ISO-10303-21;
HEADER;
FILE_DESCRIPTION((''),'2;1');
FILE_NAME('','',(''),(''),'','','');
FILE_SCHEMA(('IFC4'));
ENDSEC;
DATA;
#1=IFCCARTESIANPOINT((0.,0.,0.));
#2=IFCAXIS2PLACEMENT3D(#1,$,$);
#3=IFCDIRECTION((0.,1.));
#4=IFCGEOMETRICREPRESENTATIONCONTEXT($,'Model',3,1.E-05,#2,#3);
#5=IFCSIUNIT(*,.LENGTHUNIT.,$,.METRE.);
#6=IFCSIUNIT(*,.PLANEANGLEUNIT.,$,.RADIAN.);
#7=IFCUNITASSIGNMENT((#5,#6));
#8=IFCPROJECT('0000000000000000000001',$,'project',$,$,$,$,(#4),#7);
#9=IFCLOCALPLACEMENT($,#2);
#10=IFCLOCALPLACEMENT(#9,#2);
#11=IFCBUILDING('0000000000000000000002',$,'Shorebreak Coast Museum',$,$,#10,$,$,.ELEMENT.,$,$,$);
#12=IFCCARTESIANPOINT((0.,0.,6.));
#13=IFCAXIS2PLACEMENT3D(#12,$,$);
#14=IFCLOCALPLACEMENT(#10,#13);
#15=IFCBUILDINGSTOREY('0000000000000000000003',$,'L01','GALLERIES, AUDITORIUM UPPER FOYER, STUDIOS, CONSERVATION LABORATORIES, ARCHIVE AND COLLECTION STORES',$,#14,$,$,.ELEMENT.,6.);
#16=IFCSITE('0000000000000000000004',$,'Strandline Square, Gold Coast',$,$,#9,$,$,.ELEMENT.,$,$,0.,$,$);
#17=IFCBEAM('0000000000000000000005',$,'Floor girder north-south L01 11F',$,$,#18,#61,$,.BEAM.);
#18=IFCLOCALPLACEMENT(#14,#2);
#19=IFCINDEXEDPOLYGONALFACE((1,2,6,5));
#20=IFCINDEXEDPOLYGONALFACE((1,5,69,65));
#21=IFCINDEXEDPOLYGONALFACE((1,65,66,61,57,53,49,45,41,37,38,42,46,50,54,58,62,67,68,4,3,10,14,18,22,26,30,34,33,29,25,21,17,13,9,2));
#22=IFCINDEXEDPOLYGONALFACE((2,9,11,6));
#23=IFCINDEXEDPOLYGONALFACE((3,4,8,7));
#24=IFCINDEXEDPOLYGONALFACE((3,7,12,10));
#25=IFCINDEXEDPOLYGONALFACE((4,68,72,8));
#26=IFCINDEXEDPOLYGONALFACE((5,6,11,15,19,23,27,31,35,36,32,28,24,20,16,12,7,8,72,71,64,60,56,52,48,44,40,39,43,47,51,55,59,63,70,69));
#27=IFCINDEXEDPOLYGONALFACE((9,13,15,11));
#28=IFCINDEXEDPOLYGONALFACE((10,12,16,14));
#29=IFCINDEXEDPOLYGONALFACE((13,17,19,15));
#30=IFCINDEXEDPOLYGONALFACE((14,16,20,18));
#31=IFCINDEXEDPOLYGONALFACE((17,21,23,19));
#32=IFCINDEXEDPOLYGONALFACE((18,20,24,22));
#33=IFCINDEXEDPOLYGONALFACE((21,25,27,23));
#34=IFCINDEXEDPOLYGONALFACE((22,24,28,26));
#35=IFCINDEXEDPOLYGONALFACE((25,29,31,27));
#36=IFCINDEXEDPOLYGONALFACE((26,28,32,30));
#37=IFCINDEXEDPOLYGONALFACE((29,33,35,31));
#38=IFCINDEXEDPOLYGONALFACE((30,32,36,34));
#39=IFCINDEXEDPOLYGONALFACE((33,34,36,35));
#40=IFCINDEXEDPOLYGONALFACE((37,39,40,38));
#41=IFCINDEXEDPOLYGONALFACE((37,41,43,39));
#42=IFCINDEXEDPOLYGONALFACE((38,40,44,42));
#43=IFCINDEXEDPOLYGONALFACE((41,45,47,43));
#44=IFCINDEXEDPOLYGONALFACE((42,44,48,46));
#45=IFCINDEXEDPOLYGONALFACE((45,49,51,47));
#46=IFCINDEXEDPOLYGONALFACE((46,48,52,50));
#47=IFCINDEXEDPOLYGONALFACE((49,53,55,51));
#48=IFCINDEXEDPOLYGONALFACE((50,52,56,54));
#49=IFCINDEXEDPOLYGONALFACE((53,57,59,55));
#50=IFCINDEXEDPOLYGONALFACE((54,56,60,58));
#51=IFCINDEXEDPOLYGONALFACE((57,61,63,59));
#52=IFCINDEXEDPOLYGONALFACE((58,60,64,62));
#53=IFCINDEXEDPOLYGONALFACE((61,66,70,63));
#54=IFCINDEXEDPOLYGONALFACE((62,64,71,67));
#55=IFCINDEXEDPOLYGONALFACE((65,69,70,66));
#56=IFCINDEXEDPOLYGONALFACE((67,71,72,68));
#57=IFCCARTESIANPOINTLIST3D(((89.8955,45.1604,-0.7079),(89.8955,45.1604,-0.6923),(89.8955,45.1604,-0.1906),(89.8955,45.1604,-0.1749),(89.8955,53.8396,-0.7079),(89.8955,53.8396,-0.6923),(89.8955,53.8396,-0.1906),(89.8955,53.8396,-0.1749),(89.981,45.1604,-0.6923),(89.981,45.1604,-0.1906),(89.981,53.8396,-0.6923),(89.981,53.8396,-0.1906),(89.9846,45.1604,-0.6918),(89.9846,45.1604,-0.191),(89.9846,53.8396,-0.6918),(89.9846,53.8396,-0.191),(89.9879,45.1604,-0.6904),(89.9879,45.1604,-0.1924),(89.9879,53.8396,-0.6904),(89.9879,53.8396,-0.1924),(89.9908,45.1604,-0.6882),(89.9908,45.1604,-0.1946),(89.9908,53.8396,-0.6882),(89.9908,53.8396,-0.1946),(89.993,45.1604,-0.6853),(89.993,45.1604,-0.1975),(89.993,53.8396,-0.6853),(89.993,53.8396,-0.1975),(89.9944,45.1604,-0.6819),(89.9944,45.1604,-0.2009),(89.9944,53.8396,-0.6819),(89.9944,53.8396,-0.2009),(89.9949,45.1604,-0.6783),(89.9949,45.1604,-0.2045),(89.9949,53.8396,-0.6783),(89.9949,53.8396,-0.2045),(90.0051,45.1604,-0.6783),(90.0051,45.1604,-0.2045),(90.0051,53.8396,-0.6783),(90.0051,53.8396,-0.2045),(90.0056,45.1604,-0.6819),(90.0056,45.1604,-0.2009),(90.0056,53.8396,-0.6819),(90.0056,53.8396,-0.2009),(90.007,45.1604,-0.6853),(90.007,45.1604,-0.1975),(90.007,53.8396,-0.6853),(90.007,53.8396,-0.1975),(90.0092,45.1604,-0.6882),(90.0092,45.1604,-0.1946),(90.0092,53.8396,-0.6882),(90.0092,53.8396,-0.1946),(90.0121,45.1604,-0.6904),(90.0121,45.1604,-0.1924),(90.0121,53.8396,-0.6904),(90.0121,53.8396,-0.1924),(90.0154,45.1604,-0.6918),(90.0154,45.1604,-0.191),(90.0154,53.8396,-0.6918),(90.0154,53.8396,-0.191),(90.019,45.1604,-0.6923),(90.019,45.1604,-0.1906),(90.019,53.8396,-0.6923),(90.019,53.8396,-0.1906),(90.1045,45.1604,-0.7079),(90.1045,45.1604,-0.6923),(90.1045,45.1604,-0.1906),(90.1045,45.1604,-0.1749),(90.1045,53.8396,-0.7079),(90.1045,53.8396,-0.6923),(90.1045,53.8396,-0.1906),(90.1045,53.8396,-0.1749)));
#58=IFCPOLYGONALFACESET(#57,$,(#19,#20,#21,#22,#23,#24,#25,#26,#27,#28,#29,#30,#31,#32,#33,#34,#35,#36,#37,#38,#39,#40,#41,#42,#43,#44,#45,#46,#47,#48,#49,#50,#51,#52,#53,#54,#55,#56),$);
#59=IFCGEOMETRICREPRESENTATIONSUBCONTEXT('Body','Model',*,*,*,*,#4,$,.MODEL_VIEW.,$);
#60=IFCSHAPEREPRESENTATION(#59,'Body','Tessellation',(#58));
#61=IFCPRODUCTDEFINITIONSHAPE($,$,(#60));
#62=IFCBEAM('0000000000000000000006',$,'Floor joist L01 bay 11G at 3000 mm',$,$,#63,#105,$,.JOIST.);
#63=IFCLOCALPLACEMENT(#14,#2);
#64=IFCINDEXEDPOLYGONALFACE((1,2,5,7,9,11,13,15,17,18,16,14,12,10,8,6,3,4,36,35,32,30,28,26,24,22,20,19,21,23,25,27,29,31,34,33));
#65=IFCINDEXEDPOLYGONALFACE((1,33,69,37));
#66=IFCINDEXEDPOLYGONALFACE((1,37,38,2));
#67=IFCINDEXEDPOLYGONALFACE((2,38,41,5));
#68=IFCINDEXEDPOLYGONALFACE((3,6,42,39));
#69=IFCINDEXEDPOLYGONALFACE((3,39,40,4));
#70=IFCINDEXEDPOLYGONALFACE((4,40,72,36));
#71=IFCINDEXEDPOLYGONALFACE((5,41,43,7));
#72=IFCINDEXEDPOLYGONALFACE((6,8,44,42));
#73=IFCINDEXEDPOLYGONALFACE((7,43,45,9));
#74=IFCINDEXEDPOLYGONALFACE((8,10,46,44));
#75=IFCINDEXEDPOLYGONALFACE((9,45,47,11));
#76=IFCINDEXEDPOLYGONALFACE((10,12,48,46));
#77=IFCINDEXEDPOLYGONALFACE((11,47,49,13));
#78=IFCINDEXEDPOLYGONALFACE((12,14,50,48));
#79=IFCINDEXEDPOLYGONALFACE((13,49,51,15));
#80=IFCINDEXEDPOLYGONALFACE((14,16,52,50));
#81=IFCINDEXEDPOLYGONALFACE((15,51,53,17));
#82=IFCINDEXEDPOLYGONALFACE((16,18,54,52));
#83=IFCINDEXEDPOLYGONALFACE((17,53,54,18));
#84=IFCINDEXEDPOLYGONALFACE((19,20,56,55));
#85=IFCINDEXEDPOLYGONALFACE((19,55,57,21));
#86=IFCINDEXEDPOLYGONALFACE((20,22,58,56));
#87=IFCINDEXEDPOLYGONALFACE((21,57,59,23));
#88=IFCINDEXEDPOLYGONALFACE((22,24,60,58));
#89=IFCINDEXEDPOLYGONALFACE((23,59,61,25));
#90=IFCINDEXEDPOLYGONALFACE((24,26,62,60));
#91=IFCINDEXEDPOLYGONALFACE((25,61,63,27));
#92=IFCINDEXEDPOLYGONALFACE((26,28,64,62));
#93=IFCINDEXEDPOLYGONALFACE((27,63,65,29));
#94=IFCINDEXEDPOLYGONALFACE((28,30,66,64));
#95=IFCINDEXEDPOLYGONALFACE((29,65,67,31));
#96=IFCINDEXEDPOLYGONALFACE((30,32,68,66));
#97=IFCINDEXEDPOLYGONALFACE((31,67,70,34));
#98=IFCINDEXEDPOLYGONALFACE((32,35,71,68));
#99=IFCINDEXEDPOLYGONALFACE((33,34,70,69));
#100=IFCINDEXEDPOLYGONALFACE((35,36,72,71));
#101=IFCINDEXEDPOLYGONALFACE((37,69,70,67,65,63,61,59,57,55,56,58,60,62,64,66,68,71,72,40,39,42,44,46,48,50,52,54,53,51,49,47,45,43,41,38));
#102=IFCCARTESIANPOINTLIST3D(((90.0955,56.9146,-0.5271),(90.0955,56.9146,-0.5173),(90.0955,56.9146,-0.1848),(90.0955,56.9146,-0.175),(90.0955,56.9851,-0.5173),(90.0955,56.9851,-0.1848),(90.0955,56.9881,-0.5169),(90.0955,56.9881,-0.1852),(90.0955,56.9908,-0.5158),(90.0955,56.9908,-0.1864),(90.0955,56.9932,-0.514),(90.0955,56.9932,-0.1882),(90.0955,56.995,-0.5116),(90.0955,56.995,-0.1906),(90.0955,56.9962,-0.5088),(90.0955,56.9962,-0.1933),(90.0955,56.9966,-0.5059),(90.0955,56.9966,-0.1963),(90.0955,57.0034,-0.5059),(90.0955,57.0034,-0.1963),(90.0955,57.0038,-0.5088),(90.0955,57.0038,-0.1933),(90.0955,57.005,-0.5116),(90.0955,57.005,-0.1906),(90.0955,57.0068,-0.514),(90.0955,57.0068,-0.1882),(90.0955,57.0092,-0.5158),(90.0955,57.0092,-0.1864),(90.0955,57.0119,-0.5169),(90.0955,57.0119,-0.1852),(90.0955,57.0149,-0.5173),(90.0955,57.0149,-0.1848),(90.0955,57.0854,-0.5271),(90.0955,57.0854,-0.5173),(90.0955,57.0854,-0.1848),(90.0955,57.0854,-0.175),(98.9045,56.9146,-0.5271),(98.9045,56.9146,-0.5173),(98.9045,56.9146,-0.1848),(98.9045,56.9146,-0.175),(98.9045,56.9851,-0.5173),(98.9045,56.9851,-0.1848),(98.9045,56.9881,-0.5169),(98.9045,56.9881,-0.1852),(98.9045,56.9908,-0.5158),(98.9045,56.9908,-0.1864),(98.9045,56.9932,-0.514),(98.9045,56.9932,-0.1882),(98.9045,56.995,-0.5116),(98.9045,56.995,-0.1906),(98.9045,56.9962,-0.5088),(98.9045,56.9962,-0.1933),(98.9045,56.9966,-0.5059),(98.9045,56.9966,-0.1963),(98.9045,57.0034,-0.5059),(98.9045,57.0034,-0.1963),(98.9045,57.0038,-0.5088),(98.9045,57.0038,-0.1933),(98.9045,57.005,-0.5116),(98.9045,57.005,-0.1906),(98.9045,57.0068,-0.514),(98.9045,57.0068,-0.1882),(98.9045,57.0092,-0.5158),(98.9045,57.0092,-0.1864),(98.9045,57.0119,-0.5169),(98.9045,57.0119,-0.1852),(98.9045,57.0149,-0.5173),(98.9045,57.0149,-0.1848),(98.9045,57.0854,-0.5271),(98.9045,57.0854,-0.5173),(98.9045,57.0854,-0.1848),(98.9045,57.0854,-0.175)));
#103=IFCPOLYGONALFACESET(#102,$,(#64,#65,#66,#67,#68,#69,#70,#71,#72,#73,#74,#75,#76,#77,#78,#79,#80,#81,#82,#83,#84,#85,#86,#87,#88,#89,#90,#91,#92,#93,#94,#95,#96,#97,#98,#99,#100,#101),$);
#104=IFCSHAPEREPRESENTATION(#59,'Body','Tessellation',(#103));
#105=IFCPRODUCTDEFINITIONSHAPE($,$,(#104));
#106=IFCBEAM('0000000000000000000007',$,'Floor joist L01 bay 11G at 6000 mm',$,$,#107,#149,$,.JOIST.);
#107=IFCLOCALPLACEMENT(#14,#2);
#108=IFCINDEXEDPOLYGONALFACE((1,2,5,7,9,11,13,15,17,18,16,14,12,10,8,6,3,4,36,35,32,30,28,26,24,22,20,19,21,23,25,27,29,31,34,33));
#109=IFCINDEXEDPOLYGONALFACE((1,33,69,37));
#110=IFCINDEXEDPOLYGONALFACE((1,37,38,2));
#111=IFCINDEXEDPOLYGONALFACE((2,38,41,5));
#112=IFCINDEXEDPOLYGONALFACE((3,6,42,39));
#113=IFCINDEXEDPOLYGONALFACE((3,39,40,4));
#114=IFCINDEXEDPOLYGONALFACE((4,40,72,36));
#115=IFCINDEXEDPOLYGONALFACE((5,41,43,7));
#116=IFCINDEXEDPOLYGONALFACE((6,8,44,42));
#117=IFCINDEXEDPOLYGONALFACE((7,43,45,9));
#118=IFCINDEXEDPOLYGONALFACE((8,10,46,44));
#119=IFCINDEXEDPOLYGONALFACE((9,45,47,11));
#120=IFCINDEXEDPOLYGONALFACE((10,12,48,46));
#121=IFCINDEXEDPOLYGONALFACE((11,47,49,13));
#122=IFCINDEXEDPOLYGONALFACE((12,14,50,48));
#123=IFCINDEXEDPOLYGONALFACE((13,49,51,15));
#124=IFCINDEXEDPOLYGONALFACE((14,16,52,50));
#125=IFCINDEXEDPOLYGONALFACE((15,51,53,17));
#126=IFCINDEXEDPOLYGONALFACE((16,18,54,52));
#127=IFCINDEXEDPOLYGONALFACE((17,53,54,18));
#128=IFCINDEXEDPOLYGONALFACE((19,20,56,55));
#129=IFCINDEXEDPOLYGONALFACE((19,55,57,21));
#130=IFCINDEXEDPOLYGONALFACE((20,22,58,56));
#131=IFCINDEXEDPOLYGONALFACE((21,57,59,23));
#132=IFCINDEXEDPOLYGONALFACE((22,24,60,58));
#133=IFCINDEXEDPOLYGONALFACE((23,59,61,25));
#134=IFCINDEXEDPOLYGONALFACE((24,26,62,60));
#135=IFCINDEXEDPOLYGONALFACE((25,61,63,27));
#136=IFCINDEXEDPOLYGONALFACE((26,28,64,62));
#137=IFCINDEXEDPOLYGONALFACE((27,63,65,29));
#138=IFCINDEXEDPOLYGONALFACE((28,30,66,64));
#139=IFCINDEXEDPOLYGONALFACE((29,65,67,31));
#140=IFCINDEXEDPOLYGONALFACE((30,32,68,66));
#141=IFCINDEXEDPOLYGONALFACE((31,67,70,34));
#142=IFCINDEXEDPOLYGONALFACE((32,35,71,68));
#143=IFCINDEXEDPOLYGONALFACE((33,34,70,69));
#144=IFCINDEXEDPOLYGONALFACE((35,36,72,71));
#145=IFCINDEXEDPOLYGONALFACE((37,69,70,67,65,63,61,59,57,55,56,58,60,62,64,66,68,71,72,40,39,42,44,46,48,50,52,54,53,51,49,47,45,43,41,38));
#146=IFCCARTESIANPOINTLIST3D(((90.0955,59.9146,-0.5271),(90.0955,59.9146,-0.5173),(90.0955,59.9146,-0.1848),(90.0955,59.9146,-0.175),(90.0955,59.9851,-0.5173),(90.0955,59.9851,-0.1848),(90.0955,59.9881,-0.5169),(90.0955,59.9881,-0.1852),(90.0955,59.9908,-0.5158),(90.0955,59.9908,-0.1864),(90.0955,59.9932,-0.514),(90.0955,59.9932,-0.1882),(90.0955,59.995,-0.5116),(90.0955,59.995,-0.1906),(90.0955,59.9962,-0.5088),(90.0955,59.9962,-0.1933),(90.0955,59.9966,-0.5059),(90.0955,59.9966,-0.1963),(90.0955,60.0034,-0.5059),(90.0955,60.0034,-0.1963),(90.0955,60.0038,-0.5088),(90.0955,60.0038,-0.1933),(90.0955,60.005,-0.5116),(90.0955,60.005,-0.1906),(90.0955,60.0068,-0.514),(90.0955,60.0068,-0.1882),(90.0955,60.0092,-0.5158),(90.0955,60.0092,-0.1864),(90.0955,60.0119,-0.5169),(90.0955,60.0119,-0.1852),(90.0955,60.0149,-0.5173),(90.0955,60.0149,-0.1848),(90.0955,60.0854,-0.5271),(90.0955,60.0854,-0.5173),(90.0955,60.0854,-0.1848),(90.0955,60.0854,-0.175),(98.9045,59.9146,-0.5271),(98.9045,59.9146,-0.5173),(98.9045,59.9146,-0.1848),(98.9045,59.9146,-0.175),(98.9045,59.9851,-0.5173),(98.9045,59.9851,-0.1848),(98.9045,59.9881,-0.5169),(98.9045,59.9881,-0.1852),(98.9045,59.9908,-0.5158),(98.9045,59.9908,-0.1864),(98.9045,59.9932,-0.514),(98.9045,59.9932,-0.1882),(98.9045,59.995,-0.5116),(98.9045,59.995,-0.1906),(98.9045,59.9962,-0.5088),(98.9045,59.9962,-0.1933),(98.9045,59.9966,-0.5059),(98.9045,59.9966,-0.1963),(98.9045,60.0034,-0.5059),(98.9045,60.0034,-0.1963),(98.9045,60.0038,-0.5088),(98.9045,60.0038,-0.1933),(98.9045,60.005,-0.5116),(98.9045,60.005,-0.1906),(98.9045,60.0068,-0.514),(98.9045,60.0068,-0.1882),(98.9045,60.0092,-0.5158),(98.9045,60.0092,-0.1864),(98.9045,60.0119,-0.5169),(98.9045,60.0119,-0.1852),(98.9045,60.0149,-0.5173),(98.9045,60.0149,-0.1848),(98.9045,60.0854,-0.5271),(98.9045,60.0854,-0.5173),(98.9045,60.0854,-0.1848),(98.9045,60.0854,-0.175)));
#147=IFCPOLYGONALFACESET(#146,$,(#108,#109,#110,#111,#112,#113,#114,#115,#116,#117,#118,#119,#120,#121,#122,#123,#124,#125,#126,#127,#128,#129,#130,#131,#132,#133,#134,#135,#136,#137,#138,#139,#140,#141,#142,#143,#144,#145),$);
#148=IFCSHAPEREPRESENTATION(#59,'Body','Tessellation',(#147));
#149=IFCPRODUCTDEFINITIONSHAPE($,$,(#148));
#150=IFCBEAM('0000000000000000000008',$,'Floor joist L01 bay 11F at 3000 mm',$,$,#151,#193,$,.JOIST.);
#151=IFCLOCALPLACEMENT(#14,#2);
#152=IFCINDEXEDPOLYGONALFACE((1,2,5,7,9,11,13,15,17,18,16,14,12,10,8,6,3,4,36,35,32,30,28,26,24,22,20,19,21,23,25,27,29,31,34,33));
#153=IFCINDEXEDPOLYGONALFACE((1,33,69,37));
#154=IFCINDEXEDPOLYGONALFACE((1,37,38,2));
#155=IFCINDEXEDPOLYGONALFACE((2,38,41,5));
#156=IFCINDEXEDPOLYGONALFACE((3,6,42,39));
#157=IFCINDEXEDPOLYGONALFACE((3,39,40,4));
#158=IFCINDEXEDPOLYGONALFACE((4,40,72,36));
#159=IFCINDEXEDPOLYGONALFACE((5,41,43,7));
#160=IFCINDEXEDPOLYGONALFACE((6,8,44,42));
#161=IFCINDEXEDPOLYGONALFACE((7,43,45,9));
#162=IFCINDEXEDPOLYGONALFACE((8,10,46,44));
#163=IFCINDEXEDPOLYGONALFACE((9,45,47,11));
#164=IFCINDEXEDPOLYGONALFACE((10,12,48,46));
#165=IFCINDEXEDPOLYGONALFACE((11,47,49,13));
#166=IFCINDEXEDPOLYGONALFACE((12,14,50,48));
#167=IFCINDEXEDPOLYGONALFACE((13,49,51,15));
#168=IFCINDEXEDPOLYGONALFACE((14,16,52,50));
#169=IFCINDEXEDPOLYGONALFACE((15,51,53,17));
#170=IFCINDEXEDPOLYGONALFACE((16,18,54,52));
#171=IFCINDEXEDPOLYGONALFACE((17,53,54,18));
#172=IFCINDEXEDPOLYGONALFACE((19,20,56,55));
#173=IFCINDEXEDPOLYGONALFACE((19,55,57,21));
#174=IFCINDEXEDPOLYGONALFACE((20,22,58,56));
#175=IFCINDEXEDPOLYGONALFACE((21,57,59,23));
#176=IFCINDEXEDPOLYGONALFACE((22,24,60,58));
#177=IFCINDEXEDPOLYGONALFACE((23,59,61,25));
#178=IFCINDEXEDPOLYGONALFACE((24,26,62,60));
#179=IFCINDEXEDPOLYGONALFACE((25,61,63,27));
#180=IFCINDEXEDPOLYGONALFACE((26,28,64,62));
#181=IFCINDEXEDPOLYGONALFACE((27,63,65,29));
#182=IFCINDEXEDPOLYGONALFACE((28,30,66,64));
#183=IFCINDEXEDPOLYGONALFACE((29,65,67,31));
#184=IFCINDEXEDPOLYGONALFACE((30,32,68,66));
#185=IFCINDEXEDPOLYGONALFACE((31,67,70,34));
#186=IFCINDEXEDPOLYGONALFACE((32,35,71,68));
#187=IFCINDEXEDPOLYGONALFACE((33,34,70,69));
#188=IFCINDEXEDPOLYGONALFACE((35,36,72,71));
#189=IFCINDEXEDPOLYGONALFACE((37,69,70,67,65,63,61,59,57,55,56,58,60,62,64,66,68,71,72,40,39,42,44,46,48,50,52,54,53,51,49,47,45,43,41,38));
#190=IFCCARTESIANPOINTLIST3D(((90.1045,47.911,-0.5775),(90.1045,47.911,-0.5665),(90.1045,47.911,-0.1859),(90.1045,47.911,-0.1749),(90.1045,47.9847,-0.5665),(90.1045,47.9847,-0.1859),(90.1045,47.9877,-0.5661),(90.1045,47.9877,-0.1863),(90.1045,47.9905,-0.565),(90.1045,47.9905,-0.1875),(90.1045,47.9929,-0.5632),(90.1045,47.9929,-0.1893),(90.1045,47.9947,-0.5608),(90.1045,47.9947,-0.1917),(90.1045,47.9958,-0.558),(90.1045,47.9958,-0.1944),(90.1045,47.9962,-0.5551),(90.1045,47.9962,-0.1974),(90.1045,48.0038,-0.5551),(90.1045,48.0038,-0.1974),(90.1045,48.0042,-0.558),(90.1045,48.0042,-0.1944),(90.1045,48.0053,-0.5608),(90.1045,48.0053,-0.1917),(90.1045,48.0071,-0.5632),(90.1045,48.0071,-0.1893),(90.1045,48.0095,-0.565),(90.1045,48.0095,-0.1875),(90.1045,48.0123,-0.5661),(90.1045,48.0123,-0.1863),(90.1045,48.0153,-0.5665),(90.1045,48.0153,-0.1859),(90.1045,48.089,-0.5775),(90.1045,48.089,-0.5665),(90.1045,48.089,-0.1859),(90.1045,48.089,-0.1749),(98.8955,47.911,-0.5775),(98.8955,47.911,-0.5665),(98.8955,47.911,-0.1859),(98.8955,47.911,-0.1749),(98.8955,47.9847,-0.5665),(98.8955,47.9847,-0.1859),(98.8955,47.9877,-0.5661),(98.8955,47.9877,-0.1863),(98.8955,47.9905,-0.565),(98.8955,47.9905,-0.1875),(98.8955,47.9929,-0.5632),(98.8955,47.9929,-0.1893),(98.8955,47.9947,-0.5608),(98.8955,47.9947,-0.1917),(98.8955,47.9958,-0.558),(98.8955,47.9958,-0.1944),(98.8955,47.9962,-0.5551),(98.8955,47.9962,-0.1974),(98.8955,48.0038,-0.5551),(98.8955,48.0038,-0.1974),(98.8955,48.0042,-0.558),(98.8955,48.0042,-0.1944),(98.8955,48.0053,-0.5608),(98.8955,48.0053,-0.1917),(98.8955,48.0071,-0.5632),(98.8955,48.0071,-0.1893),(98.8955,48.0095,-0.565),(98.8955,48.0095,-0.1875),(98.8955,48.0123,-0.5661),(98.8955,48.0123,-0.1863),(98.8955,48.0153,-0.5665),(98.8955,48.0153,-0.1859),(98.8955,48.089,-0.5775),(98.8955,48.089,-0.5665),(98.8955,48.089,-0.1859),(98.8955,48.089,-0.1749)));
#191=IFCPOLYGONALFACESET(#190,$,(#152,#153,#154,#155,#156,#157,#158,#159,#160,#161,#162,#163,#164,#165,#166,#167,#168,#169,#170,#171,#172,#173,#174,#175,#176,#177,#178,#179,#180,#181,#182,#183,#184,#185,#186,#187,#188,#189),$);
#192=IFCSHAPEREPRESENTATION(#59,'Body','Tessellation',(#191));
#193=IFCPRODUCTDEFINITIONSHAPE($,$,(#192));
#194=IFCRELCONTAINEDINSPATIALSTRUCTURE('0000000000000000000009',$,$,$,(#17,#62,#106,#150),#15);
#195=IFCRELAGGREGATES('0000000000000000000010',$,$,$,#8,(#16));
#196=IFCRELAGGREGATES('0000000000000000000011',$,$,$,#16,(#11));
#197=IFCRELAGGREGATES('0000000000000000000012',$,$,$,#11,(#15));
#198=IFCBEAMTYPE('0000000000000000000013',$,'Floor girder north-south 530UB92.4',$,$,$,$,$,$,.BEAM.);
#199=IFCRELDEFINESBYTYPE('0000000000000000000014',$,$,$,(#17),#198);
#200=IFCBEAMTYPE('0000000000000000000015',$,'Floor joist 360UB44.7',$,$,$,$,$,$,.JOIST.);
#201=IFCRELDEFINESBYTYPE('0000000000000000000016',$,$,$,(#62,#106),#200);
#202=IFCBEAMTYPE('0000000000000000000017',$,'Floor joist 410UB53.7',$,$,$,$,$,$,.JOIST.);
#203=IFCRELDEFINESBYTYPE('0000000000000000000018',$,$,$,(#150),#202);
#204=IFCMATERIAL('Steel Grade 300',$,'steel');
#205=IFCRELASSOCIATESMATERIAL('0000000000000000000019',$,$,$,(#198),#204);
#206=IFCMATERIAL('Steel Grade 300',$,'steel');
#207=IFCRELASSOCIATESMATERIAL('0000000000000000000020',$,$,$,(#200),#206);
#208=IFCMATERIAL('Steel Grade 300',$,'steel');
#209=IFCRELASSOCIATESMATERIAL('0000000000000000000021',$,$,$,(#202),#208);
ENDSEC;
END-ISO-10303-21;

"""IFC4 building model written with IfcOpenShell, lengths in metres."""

from ifc_helpers import new_model, si_unit, direction, frame, origin, origin_2d, place, context, subcontext, project, spatial, i_section, extrude, material, material_profile, profile_set, type_object, element, save


model = new_model("IFC4")

# Units and contexts
model_context = context("Model", 3, precision=1e-05, world=origin(), true_north=direction((0.0, 1.0)))
body_context = subcontext(model_context, "Body", "Model", "MODEL_VIEW")
ifc_project = project(units=[si_unit("LENGTHUNIT", "METRE"), si_unit("PLANEANGLEUNIT", "RADIAN")], contexts=[model_context])

# Site, building, storey
site_placement = place(None, origin())
site = spatial("IfcSite", under=ifc_project, at=site_placement, Name="Strandline Square, Gold Coast", CompositionType="ELEMENT", RefElevation=0.0)
building_placement = place(site_placement, origin())
building = spatial("IfcBuilding", under=site, at=building_placement, Name="Shorebreak Coast Museum", CompositionType="ELEMENT")
storey_placement = place(building_placement, frame((0.0, 0.0, 6.0)))
storey = spatial("IfcBuildingStorey", under=building, at=storey_placement, Name="L01", Description="GALLERIES, AUDITORIUM UPPER FOYER, STUDIOS, CONSERVATION LABORATORIES, ARCHIVE AND COLLECTION STORES", CompositionType="ELEMENT", Elevation=6.0)

# Beams
ifc_material_1 = material(Name="Steel Grade 300", Category="steel")
ifc_material_profile_1 = material_profile(ifc_material_1, i_section(OverallWidth=0.209, OverallDepth=0.533, WebThickness=0.0103, FlangeThickness=0.0156, FilletRadius=0.0139, at=origin_2d()), Name="530UB92.4")
ifc_profile_set_1 = profile_set([ifc_material_profile_1], Name="Steel Grade 300")
beam_type_1 = type_object("IfcBeamType", Name="Floor girder north-south 530UB92.4", PredefinedType="BEAM", material=ifc_profile_set_1)
beam_1_placement = place(storey_placement, frame((90.0, 45.1604, -0.4414), z_axis=(0.0, 1.0, 0.0), x_axis=(-1.0, 0.0, 0.0)))
element("IfcBeam", 1, at=beam_1_placement, inside=storey, type_object=beam_type_1, Name="Floor girder north-south L01 11F", PredefinedType="BEAM", context=body_context, shape_type="SweptSolid", body=[
    extrude(i_section(OverallWidth=0.209, OverallDepth=0.533, WebThickness=0.0103, FlangeThickness=0.0156, FilletRadius=0.0139, at=origin_2d()), origin(), (0.0, 0.0, 1.0), 8.6792),
])
ifc_material_2 = material(Name="Steel Grade 300", Category="steel")
ifc_material_profile_2 = material_profile(ifc_material_2, i_section(OverallWidth=0.1709, OverallDepth=0.3521, WebThickness=0.0068, FlangeThickness=0.0098, FilletRadius=0.0115, at=origin_2d()), Name="360UB44.7")
ifc_profile_set_2 = profile_set([ifc_material_profile_2], Name="Steel Grade 300")
beam_type_2 = type_object("IfcBeamType", Name="Floor joist 360UB44.7", PredefinedType="JOIST", material=ifc_profile_set_2)
for number, where, z_axis, x_axis, name in (
    (2, (90.0955, 57.0, -0.3511), (1.0, 0.0, 0.0), (0.0, 1.0, 0.0), "Floor joist L01 bay 11G at 3000 mm"),
    (3, (90.0955, 60.0, -0.3511), (1.0, 0.0, 0.0), (0.0, 1.0, 0.0), "Floor joist L01 bay 11G at 6000 mm"),
):
    element("IfcBeam", number, at=place(storey_placement, frame(where, z_axis=z_axis, x_axis=x_axis)), inside=storey, type_object=beam_type_2, Name=name, PredefinedType="JOIST", context=body_context, shape_type="SweptSolid", body=[
        extrude(i_section(OverallWidth=0.1709, OverallDepth=0.3521, WebThickness=0.0068, FlangeThickness=0.0098, FilletRadius=0.0115, at=origin_2d()), origin(), (0.0, 0.0, 1.0), 8.8091),
    ])
ifc_material_3 = material(Name="Steel Grade 300", Category="steel")
ifc_material_profile_3 = material_profile(ifc_material_3, i_section(OverallWidth=0.178, OverallDepth=0.4026, WebThickness=0.0076, FlangeThickness=0.011, FilletRadius=0.0115, at=origin_2d()), Name="410UB53.7")
ifc_profile_set_3 = profile_set([ifc_material_profile_3], Name="Steel Grade 300")
beam_type_3 = type_object("IfcBeamType", Name="Floor joist 410UB53.7", PredefinedType="JOIST", material=ifc_profile_set_3)
for number, where, z_axis, x_axis, name in (
    (4, (90.1045, 48.0, -0.3762), (1.0, 0.0, 0.0), (0.0, 1.0, 0.0), "Floor joist L01 bay 11F at 3000 mm"),
):
    element("IfcBeam", number, at=place(storey_placement, frame(where, z_axis=z_axis, x_axis=x_axis)), inside=storey, type_object=beam_type_3, Name=name, PredefinedType="JOIST", context=body_context, shape_type="SweptSolid", body=[
        extrude(i_section(OverallWidth=0.178, OverallDepth=0.4026, WebThickness=0.0076, FlangeThickness=0.011, FilletRadius=0.0115, at=origin_2d()), origin(), (0.0, 0.0, 1.0), 8.791),
    ])

save(model, "model.ifc")
